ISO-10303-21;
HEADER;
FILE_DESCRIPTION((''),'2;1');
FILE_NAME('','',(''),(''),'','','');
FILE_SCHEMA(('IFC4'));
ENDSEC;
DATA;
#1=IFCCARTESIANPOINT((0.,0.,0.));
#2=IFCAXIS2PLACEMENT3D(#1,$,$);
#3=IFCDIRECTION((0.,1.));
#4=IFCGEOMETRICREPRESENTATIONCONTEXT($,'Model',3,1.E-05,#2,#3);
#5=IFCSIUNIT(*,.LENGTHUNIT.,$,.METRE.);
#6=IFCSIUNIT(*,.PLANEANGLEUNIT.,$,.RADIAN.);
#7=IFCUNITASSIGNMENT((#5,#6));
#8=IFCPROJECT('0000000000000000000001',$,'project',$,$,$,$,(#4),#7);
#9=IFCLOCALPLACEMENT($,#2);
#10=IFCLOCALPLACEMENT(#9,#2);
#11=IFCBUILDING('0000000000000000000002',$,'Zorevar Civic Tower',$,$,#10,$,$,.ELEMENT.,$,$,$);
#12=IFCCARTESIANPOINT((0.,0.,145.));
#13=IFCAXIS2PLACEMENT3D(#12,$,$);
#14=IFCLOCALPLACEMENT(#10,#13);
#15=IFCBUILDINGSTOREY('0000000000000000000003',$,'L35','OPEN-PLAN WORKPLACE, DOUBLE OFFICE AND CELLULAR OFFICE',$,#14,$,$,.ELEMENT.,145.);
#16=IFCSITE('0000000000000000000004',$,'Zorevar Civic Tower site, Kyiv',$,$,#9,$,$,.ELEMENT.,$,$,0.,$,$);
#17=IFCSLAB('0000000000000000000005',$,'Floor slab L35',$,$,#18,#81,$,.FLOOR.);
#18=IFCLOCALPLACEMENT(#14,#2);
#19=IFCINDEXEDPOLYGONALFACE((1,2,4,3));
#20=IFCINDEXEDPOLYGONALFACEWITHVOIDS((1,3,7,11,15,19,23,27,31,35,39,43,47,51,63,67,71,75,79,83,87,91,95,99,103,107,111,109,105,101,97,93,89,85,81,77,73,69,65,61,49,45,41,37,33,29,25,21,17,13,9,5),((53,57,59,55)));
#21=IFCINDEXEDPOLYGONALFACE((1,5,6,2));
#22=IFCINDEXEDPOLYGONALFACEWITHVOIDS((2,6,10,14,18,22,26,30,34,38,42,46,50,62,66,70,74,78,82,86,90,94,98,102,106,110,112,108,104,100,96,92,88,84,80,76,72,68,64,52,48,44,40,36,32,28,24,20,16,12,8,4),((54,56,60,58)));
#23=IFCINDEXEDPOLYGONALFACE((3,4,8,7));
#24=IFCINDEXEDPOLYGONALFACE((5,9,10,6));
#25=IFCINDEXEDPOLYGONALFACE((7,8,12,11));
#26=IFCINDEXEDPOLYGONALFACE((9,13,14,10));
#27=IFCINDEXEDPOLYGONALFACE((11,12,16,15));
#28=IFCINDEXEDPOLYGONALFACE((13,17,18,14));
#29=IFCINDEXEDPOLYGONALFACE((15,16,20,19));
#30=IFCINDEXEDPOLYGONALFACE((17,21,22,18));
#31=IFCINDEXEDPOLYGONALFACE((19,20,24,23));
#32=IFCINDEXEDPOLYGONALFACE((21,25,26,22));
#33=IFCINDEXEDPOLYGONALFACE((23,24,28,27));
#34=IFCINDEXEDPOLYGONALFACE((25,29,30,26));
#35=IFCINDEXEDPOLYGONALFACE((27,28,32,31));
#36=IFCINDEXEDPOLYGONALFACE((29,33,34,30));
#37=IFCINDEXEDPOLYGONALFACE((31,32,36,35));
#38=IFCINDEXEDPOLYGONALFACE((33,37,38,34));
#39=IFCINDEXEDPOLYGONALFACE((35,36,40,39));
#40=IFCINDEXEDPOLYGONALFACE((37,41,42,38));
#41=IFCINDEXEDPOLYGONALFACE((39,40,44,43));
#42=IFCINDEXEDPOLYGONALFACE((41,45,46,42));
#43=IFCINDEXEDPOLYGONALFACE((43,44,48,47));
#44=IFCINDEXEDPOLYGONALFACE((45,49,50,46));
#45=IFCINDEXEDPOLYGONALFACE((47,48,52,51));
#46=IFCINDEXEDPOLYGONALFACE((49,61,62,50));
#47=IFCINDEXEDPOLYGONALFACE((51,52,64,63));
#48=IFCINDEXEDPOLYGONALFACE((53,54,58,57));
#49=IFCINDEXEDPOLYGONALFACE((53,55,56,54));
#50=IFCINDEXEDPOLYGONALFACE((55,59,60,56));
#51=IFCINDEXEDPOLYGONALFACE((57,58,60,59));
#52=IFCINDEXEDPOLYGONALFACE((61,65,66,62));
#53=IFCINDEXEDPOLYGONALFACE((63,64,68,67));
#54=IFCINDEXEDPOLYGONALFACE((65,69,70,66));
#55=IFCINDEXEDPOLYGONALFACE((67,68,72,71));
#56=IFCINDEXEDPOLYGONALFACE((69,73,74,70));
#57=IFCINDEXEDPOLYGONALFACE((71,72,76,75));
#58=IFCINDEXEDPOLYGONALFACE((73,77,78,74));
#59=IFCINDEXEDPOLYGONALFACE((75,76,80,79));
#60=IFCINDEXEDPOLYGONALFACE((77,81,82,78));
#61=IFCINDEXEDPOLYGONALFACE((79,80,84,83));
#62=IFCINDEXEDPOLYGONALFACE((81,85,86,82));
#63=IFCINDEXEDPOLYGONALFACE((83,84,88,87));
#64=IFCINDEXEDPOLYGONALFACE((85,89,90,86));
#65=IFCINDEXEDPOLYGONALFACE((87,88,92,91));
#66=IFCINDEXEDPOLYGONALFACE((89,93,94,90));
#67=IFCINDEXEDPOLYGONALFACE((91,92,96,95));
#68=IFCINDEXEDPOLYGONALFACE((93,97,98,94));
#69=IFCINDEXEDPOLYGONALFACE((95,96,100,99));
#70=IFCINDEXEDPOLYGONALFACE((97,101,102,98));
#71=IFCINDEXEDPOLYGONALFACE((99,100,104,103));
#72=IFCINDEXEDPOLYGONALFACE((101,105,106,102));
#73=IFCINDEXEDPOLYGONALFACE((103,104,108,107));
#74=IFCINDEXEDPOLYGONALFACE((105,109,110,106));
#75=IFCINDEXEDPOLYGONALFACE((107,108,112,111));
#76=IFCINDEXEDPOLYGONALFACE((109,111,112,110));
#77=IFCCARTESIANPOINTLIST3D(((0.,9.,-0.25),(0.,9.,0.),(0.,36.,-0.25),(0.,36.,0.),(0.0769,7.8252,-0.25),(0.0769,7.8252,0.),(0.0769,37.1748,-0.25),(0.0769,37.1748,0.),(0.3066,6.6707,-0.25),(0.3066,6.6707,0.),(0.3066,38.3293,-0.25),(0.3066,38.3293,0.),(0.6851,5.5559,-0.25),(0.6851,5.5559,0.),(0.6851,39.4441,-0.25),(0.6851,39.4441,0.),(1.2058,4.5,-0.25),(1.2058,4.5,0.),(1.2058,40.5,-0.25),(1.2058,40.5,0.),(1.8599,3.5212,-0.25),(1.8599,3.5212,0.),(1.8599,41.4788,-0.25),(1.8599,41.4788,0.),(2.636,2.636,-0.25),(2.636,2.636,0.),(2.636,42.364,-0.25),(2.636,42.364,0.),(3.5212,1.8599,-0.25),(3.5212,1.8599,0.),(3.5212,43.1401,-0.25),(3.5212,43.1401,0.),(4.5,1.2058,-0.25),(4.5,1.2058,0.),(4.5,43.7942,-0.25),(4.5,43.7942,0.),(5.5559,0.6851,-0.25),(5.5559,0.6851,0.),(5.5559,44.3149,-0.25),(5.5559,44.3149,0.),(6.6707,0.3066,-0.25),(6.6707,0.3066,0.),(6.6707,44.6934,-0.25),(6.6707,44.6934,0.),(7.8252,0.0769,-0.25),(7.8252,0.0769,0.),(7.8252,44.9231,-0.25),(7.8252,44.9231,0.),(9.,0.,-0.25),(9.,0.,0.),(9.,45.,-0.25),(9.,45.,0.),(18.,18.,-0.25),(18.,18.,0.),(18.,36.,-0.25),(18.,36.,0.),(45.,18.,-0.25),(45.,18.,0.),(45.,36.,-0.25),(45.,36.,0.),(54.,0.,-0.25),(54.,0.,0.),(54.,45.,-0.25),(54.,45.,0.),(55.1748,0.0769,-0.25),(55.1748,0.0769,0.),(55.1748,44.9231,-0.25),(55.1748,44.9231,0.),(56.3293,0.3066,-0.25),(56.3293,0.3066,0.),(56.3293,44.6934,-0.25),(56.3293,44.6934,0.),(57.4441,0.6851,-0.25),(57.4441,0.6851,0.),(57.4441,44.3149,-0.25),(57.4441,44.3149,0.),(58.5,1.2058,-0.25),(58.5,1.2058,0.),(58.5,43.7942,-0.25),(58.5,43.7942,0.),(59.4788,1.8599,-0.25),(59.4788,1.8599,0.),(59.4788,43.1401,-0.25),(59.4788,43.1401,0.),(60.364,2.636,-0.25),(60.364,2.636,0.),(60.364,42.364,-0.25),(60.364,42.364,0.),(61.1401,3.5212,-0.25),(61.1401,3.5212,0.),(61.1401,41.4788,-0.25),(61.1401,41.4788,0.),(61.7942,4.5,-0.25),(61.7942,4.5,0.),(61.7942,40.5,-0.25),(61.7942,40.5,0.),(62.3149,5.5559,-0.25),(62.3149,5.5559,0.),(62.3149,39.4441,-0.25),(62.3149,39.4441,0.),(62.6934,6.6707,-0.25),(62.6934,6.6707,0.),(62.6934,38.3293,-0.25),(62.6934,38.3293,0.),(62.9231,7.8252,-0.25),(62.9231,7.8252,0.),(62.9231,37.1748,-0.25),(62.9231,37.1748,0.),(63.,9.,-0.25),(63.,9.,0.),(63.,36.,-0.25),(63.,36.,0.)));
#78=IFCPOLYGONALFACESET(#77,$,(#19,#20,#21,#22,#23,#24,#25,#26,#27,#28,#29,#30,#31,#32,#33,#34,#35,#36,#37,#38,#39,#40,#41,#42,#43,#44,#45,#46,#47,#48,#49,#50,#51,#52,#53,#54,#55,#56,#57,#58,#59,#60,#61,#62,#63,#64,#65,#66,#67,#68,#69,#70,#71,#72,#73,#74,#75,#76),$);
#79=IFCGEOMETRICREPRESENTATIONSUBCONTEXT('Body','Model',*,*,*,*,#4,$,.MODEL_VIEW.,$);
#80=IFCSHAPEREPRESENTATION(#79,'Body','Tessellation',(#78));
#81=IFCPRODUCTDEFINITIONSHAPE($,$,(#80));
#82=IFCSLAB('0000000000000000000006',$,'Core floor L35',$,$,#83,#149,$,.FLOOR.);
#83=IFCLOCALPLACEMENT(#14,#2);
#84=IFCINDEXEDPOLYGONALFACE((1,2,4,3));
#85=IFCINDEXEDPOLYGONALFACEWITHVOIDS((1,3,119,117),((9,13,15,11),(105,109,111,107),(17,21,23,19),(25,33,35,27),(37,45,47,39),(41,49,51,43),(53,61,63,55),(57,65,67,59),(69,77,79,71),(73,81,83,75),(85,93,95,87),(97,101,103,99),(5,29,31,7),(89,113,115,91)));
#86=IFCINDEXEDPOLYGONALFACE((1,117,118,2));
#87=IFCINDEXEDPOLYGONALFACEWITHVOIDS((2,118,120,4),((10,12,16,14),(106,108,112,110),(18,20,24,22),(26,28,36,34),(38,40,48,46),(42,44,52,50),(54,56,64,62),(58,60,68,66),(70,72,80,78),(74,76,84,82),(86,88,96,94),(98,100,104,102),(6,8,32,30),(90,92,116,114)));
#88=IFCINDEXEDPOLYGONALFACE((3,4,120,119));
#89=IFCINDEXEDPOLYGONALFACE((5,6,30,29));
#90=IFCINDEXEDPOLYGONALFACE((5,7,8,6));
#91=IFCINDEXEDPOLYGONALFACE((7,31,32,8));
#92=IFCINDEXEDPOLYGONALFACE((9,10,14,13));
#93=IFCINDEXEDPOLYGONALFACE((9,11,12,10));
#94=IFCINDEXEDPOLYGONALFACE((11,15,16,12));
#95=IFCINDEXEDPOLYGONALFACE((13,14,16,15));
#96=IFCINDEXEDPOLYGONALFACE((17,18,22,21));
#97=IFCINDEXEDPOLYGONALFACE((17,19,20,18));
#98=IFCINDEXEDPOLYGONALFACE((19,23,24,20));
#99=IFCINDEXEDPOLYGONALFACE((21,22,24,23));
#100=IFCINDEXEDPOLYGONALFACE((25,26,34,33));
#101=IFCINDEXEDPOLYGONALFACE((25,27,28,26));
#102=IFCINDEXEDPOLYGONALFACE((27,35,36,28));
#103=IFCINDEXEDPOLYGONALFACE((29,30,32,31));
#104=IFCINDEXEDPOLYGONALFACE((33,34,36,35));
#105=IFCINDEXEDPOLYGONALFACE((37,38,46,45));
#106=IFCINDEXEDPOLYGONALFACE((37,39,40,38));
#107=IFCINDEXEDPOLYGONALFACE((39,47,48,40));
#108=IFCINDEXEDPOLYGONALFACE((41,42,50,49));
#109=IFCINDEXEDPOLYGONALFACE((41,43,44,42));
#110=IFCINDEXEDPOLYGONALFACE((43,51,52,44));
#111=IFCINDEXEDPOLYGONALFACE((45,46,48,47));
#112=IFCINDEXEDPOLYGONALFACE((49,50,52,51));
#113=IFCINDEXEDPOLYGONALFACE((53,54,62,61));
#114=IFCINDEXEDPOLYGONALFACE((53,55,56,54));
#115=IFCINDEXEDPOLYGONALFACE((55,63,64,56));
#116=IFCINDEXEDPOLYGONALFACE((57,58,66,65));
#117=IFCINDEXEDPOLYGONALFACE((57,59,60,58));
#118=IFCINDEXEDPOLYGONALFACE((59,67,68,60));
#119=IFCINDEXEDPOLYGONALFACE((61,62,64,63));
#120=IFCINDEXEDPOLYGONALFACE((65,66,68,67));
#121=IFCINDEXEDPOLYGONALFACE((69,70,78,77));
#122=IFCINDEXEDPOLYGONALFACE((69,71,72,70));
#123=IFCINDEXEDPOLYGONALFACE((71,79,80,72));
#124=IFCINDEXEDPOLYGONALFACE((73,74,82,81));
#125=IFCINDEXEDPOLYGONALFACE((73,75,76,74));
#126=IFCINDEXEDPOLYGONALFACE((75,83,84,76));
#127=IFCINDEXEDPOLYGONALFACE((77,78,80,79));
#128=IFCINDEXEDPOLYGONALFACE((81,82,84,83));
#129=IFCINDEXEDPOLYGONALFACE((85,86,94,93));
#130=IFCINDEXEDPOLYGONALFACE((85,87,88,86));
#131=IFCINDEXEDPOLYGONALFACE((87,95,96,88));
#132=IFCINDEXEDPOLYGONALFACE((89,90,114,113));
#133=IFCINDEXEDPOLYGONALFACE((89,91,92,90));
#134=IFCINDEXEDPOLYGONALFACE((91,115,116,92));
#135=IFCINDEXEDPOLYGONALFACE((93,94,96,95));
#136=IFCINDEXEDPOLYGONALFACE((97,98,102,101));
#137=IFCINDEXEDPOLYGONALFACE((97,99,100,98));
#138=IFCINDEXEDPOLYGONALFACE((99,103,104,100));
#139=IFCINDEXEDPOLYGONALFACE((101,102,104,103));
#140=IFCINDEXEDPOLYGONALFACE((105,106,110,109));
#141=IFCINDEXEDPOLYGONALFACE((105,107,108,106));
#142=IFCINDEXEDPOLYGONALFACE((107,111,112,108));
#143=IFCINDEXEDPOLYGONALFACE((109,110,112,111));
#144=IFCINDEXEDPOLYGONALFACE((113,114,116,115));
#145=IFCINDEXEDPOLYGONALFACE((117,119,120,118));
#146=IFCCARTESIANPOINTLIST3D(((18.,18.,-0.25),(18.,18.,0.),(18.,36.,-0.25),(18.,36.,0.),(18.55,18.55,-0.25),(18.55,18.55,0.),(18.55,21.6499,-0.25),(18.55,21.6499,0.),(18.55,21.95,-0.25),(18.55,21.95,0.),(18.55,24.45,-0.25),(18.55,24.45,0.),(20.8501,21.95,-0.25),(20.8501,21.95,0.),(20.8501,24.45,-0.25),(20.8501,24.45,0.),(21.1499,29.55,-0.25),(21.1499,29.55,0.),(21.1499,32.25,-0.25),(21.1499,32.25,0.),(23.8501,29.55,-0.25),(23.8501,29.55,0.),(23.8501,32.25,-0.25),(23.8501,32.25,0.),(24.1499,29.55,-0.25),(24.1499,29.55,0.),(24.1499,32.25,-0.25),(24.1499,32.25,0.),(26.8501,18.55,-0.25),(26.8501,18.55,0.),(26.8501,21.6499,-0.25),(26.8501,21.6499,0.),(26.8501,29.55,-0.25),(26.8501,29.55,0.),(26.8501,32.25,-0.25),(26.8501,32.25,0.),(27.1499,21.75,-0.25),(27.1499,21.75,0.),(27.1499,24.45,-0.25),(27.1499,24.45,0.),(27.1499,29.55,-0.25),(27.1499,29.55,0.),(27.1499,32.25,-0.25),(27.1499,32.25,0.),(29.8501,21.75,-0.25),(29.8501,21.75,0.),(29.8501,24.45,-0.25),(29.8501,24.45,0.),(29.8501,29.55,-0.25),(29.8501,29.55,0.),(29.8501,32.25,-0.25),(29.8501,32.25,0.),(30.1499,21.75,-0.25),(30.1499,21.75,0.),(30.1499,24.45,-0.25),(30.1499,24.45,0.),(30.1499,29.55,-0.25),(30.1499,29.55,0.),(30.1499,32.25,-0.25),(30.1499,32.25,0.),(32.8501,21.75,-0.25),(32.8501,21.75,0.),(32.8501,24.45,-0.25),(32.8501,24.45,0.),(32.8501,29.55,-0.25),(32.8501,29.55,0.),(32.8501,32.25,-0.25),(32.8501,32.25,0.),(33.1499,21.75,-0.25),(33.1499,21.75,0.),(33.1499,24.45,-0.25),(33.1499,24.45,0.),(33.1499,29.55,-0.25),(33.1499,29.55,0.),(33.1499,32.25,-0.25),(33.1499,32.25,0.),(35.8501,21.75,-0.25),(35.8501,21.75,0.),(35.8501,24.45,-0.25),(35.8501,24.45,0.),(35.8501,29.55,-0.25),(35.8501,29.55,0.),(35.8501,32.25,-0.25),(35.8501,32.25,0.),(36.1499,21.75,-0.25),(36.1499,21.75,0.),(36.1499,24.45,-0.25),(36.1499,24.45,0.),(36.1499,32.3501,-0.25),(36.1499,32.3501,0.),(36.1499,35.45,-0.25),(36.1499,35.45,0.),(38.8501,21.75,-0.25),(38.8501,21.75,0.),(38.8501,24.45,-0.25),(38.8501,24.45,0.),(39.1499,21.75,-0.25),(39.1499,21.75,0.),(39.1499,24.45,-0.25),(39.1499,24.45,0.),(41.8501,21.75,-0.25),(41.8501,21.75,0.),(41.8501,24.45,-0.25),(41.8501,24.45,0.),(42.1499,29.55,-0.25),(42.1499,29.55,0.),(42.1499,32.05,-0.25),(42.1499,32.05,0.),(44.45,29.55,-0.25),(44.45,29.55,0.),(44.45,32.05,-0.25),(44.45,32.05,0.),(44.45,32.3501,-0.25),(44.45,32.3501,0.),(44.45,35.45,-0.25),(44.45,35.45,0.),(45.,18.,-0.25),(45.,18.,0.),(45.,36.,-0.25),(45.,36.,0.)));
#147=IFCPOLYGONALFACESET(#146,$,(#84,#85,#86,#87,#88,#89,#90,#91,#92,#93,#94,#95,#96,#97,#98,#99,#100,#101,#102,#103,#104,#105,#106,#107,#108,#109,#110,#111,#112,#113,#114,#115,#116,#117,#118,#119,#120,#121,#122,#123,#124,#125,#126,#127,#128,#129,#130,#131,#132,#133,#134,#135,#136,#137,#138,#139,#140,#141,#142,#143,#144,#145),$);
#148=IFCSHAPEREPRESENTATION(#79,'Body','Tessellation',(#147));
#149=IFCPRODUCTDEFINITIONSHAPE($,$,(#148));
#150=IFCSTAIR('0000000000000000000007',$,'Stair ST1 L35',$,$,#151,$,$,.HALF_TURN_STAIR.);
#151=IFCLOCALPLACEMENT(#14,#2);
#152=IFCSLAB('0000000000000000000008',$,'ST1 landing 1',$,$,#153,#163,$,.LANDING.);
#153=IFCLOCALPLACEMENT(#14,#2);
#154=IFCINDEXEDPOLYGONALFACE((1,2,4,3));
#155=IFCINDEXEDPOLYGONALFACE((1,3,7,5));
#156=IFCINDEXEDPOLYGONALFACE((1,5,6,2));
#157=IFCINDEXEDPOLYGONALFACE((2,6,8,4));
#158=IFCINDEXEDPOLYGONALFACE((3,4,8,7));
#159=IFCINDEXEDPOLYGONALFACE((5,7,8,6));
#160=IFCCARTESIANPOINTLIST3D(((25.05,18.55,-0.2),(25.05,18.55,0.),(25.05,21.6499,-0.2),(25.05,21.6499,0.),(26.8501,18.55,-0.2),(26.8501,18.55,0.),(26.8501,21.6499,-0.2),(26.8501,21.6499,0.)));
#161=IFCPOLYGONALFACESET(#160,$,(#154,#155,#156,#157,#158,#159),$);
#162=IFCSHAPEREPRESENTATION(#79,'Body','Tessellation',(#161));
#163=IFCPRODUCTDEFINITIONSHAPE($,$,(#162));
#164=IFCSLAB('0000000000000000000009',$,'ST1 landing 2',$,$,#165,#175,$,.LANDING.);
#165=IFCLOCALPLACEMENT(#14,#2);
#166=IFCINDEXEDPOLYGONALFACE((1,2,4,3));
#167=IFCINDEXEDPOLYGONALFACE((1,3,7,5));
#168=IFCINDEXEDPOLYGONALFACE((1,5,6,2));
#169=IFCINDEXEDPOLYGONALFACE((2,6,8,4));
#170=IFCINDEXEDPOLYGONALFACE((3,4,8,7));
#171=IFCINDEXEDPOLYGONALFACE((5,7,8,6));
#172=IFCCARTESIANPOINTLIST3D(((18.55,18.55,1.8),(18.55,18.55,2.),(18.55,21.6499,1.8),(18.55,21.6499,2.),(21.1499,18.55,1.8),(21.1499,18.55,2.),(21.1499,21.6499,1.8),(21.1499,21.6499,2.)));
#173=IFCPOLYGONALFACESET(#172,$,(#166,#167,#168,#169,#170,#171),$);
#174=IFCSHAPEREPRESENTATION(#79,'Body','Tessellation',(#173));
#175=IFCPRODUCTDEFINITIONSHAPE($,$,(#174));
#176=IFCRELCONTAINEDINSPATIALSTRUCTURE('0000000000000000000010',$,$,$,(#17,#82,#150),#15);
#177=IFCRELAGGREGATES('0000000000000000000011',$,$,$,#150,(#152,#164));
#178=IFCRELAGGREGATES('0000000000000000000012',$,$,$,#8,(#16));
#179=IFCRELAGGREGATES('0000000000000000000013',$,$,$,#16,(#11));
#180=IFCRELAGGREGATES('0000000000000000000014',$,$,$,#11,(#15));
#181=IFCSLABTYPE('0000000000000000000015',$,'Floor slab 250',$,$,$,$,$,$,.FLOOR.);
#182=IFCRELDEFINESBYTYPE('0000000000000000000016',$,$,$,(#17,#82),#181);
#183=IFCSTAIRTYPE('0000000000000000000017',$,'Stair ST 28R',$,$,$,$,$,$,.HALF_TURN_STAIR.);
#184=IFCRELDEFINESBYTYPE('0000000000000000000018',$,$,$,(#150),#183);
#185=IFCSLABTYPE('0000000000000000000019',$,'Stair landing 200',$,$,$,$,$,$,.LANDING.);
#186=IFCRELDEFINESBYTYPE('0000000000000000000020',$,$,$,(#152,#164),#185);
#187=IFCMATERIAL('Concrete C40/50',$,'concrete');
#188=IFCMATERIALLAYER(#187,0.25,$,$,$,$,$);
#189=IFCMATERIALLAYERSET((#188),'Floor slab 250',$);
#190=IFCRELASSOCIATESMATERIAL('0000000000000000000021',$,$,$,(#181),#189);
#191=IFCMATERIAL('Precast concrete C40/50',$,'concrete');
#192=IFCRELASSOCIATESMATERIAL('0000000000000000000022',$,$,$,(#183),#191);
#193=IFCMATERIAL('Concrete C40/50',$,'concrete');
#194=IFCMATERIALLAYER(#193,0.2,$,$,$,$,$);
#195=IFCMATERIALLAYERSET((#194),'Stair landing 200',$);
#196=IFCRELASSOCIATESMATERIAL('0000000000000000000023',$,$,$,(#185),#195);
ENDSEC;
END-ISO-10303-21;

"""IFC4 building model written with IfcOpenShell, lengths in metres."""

from ifc_helpers import new_model, si_unit, direction, frame, origin, place, context, subcontext, project, spatial, polyline, outline, extrude, material, layer, layer_set, type_object, element, aggregate, save


model = new_model("IFC4")

# Units and contexts
model_context = context("Model", 3, precision=1e-05, world=origin(), true_north=direction((0.0, 1.0)))
body_context = subcontext(model_context, "Body", "Model", "MODEL_VIEW")
ifc_project = project(units=[si_unit("LENGTHUNIT", "METRE"), si_unit("PLANEANGLEUNIT", "RADIAN")], contexts=[model_context])

# Site, building, storey
site_placement = place(None, origin())
site = spatial("IfcSite", under=ifc_project, at=site_placement, Name="Zorevar Civic Tower site, Kyiv", CompositionType="ELEMENT", RefElevation=0.0)
building_placement = place(site_placement, origin())
building = spatial("IfcBuilding", under=site, at=building_placement, Name="Zorevar Civic Tower", CompositionType="ELEMENT")
storey_placement = place(building_placement, frame((0.0, 0.0, 145.0)))
storey = spatial("IfcBuildingStorey", under=building, at=storey_placement, Name="L35", Description="OPEN-PLAN WORKPLACE, DOUBLE OFFICE AND CELLULAR OFFICE", CompositionType="ELEMENT", Elevation=145.0)

# Slabs
ifc_material_1 = material(Name="Concrete C40/50", Category="concrete")
ifc_layer_1 = layer(ifc_material_1, 0.25)
ifc_layer_set_1 = layer_set([ifc_layer_1], Name="Floor slab 250")
slab_type_1 = type_object("IfcSlabType", Name="Floor slab 250", PredefinedType="FLOOR", material=ifc_layer_set_1)
slab_1_placement = place(storey_placement, frame((0.0, 0.0, -0.25)))
element("IfcSlab", 1, at=slab_1_placement, inside=storey, type_object=slab_type_1, Name="Floor slab L35", PredefinedType="FLOOR", context=body_context, shape_type="SweptSolid", body=[
    extrude(outline(polyline([(54.0, 0.0), (55.1748, 0.0769), (56.3293, 0.3066), (57.4441, 0.6851), (58.5, 1.2058), (59.4788, 1.8599), (60.364, 2.636), (61.1401, 3.5212), (61.7942, 4.5), (62.3149, 5.5559), (62.6934, 6.6707), (62.9231, 7.8252), (63.0, 9.0), (63.0, 36.0), (62.9231, 37.1748), (62.6934, 38.3293), (62.3149, 39.4441), (61.7942, 40.5), (61.1401, 41.4788), (60.364, 42.364), (59.4788, 43.1401), (58.5, 43.7942), (57.4441, 44.3149), (56.3293, 44.6934), (55.1748, 44.9231), (54.0, 45.0), (9.0, 45.0), (7.8252, 44.9231), (6.6707, 44.6934), (5.5559, 44.3149), (4.5, 43.7942), (3.5212, 43.1401), (2.636, 42.364), (1.8599, 41.4788), (1.2058, 40.5), (0.6851, 39.4441), (0.3066, 38.3293), (0.0769, 37.1748), (0.0, 36.0), (0.0, 9.0), (0.0769, 7.8252), (0.3066, 6.6707), (0.6851, 5.5559), (1.2058, 4.5), (1.8599, 3.5212), (2.636, 2.636), (3.5212, 1.8599), (4.5, 1.2058), (5.5559, 0.6851), (6.6707, 0.3066), (7.8252, 0.0769), (9.0, 0.0), (54.0, 0.0)]), holes=[polyline([(18.0, 18.0), (45.0, 18.0), (45.0, 36.0), (18.0, 36.0), (18.0, 18.0)])]), origin(), (0.0, 0.0, 1.0), 0.25),
])
slab_2_placement = place(storey_placement, frame((0.0, 0.0, -0.25)))
element("IfcSlab", 2, at=slab_2_placement, inside=storey, type_object=slab_type_1, Name="Core floor L35", PredefinedType="FLOOR", context=body_context, shape_type="SweptSolid", body=[
    extrude(outline(polyline([(18.0, 18.0), (45.0, 18.0), (45.0, 36.0), (18.0, 36.0), (18.0, 18.0)]), holes=[polyline([(18.55, 18.55), (26.8501, 18.55), (26.8501, 21.6499), (18.55, 21.6499), (18.55, 18.55)]), polyline([(36.1499, 32.3501), (44.45, 32.3501), (44.45, 35.45), (36.1499, 35.45), (36.1499, 32.3501)]), polyline([(18.55, 21.95), (20.8501, 21.95), (20.8501, 24.45), (18.55, 24.45), (18.55, 21.95)]), polyline([(42.1499, 29.55), (44.45, 29.55), (44.45, 32.05), (42.1499, 32.05), (42.1499, 29.55)]), polyline([(27.1499, 21.75), (29.8501, 21.75), (29.8501, 24.45), (27.1499, 24.45), (27.1499, 21.75)]), polyline([(33.1499, 29.55), (35.8501, 29.55), (35.8501, 32.25), (33.1499, 32.25), (33.1499, 29.55)]), polyline([(30.1499, 21.75), (32.8501, 21.75), (32.8501, 24.45), (30.1499, 24.45), (30.1499, 21.75)]), polyline([(30.1499, 29.55), (32.8501, 29.55), (32.8501, 32.25), (30.1499, 32.25), (30.1499, 29.55)]), polyline([(33.1499, 21.75), (35.8501, 21.75), (35.8501, 24.45), (33.1499, 24.45), (33.1499, 21.75)]), polyline([(27.1499, 29.55), (29.8501, 29.55), (29.8501, 32.25), (27.1499, 32.25), (27.1499, 29.55)]), polyline([(36.1499, 21.75), (38.8501, 21.75), (38.8501, 24.45), (36.1499, 24.45), (36.1499, 21.75)]), polyline([(24.1499, 29.55), (26.8501, 29.55), (26.8501, 32.25), (24.1499, 32.25), (24.1499, 29.55)]), polyline([(39.1499, 21.75), (41.8501, 21.75), (41.8501, 24.45), (39.1499, 24.45), (39.1499, 21.75)]), polyline([(21.1499, 29.55), (23.8501, 29.55), (23.8501, 32.25), (21.1499, 32.25), (21.1499, 29.55)])]), origin(), (0.0, 0.0, 1.0), 0.25),
])

# Stair, slabs
ifc_material_2 = material(Name="Precast concrete C40/50", Category="concrete")
stair_type = type_object("IfcStairType", Name="Stair ST 28R", PredefinedType="HALF_TURN_STAIR", material=ifc_material_2)
stair_1_placement = place(storey_placement, origin())
stair_1 = element("IfcStair", 3, at=stair_1_placement, inside=storey, type_object=stair_type, Name="Stair ST1 L35", PredefinedType="HALF_TURN_STAIR")
ifc_material_3 = material(Name="Concrete C40/50", Category="concrete")
ifc_layer_2 = layer(ifc_material_3, 0.2)
ifc_layer_set_2 = layer_set([ifc_layer_2], Name="Stair landing 200")
slab_type_2 = type_object("IfcSlabType", Name="Stair landing 200", PredefinedType="LANDING", material=ifc_layer_set_2)
slab_3_placement = place(storey_placement, frame((0.0, 0.0, -0.2)))
slab_3 = element("IfcSlab", 4, at=slab_3_placement, type_object=slab_type_2, Name="ST1 landing 1", PredefinedType="LANDING", context=body_context, shape_type="SweptSolid", body=[
    extrude(outline(polyline([(25.05, 18.55), (26.8501, 18.55), (26.8501, 21.6499), (25.05, 21.6499), (25.05, 18.55)])), origin(), (0.0, 0.0, 1.0), 0.2),
])
slab_4_placement = place(storey_placement, frame((0.0, 0.0, 1.8)))
slab_4 = element("IfcSlab", 5, at=slab_4_placement, type_object=slab_type_2, Name="ST1 landing 2", PredefinedType="LANDING", context=body_context, shape_type="SweptSolid", body=[
    extrude(outline(polyline([(18.55, 18.55), (21.1499, 18.55), (21.1499, 21.6499), (18.55, 21.6499), (18.55, 18.55)])), origin(), (0.0, 0.0, 1.0), 0.2),
])
aggregate(stair_1, [slab_3, slab_4])

save(model, "model.ifc")
